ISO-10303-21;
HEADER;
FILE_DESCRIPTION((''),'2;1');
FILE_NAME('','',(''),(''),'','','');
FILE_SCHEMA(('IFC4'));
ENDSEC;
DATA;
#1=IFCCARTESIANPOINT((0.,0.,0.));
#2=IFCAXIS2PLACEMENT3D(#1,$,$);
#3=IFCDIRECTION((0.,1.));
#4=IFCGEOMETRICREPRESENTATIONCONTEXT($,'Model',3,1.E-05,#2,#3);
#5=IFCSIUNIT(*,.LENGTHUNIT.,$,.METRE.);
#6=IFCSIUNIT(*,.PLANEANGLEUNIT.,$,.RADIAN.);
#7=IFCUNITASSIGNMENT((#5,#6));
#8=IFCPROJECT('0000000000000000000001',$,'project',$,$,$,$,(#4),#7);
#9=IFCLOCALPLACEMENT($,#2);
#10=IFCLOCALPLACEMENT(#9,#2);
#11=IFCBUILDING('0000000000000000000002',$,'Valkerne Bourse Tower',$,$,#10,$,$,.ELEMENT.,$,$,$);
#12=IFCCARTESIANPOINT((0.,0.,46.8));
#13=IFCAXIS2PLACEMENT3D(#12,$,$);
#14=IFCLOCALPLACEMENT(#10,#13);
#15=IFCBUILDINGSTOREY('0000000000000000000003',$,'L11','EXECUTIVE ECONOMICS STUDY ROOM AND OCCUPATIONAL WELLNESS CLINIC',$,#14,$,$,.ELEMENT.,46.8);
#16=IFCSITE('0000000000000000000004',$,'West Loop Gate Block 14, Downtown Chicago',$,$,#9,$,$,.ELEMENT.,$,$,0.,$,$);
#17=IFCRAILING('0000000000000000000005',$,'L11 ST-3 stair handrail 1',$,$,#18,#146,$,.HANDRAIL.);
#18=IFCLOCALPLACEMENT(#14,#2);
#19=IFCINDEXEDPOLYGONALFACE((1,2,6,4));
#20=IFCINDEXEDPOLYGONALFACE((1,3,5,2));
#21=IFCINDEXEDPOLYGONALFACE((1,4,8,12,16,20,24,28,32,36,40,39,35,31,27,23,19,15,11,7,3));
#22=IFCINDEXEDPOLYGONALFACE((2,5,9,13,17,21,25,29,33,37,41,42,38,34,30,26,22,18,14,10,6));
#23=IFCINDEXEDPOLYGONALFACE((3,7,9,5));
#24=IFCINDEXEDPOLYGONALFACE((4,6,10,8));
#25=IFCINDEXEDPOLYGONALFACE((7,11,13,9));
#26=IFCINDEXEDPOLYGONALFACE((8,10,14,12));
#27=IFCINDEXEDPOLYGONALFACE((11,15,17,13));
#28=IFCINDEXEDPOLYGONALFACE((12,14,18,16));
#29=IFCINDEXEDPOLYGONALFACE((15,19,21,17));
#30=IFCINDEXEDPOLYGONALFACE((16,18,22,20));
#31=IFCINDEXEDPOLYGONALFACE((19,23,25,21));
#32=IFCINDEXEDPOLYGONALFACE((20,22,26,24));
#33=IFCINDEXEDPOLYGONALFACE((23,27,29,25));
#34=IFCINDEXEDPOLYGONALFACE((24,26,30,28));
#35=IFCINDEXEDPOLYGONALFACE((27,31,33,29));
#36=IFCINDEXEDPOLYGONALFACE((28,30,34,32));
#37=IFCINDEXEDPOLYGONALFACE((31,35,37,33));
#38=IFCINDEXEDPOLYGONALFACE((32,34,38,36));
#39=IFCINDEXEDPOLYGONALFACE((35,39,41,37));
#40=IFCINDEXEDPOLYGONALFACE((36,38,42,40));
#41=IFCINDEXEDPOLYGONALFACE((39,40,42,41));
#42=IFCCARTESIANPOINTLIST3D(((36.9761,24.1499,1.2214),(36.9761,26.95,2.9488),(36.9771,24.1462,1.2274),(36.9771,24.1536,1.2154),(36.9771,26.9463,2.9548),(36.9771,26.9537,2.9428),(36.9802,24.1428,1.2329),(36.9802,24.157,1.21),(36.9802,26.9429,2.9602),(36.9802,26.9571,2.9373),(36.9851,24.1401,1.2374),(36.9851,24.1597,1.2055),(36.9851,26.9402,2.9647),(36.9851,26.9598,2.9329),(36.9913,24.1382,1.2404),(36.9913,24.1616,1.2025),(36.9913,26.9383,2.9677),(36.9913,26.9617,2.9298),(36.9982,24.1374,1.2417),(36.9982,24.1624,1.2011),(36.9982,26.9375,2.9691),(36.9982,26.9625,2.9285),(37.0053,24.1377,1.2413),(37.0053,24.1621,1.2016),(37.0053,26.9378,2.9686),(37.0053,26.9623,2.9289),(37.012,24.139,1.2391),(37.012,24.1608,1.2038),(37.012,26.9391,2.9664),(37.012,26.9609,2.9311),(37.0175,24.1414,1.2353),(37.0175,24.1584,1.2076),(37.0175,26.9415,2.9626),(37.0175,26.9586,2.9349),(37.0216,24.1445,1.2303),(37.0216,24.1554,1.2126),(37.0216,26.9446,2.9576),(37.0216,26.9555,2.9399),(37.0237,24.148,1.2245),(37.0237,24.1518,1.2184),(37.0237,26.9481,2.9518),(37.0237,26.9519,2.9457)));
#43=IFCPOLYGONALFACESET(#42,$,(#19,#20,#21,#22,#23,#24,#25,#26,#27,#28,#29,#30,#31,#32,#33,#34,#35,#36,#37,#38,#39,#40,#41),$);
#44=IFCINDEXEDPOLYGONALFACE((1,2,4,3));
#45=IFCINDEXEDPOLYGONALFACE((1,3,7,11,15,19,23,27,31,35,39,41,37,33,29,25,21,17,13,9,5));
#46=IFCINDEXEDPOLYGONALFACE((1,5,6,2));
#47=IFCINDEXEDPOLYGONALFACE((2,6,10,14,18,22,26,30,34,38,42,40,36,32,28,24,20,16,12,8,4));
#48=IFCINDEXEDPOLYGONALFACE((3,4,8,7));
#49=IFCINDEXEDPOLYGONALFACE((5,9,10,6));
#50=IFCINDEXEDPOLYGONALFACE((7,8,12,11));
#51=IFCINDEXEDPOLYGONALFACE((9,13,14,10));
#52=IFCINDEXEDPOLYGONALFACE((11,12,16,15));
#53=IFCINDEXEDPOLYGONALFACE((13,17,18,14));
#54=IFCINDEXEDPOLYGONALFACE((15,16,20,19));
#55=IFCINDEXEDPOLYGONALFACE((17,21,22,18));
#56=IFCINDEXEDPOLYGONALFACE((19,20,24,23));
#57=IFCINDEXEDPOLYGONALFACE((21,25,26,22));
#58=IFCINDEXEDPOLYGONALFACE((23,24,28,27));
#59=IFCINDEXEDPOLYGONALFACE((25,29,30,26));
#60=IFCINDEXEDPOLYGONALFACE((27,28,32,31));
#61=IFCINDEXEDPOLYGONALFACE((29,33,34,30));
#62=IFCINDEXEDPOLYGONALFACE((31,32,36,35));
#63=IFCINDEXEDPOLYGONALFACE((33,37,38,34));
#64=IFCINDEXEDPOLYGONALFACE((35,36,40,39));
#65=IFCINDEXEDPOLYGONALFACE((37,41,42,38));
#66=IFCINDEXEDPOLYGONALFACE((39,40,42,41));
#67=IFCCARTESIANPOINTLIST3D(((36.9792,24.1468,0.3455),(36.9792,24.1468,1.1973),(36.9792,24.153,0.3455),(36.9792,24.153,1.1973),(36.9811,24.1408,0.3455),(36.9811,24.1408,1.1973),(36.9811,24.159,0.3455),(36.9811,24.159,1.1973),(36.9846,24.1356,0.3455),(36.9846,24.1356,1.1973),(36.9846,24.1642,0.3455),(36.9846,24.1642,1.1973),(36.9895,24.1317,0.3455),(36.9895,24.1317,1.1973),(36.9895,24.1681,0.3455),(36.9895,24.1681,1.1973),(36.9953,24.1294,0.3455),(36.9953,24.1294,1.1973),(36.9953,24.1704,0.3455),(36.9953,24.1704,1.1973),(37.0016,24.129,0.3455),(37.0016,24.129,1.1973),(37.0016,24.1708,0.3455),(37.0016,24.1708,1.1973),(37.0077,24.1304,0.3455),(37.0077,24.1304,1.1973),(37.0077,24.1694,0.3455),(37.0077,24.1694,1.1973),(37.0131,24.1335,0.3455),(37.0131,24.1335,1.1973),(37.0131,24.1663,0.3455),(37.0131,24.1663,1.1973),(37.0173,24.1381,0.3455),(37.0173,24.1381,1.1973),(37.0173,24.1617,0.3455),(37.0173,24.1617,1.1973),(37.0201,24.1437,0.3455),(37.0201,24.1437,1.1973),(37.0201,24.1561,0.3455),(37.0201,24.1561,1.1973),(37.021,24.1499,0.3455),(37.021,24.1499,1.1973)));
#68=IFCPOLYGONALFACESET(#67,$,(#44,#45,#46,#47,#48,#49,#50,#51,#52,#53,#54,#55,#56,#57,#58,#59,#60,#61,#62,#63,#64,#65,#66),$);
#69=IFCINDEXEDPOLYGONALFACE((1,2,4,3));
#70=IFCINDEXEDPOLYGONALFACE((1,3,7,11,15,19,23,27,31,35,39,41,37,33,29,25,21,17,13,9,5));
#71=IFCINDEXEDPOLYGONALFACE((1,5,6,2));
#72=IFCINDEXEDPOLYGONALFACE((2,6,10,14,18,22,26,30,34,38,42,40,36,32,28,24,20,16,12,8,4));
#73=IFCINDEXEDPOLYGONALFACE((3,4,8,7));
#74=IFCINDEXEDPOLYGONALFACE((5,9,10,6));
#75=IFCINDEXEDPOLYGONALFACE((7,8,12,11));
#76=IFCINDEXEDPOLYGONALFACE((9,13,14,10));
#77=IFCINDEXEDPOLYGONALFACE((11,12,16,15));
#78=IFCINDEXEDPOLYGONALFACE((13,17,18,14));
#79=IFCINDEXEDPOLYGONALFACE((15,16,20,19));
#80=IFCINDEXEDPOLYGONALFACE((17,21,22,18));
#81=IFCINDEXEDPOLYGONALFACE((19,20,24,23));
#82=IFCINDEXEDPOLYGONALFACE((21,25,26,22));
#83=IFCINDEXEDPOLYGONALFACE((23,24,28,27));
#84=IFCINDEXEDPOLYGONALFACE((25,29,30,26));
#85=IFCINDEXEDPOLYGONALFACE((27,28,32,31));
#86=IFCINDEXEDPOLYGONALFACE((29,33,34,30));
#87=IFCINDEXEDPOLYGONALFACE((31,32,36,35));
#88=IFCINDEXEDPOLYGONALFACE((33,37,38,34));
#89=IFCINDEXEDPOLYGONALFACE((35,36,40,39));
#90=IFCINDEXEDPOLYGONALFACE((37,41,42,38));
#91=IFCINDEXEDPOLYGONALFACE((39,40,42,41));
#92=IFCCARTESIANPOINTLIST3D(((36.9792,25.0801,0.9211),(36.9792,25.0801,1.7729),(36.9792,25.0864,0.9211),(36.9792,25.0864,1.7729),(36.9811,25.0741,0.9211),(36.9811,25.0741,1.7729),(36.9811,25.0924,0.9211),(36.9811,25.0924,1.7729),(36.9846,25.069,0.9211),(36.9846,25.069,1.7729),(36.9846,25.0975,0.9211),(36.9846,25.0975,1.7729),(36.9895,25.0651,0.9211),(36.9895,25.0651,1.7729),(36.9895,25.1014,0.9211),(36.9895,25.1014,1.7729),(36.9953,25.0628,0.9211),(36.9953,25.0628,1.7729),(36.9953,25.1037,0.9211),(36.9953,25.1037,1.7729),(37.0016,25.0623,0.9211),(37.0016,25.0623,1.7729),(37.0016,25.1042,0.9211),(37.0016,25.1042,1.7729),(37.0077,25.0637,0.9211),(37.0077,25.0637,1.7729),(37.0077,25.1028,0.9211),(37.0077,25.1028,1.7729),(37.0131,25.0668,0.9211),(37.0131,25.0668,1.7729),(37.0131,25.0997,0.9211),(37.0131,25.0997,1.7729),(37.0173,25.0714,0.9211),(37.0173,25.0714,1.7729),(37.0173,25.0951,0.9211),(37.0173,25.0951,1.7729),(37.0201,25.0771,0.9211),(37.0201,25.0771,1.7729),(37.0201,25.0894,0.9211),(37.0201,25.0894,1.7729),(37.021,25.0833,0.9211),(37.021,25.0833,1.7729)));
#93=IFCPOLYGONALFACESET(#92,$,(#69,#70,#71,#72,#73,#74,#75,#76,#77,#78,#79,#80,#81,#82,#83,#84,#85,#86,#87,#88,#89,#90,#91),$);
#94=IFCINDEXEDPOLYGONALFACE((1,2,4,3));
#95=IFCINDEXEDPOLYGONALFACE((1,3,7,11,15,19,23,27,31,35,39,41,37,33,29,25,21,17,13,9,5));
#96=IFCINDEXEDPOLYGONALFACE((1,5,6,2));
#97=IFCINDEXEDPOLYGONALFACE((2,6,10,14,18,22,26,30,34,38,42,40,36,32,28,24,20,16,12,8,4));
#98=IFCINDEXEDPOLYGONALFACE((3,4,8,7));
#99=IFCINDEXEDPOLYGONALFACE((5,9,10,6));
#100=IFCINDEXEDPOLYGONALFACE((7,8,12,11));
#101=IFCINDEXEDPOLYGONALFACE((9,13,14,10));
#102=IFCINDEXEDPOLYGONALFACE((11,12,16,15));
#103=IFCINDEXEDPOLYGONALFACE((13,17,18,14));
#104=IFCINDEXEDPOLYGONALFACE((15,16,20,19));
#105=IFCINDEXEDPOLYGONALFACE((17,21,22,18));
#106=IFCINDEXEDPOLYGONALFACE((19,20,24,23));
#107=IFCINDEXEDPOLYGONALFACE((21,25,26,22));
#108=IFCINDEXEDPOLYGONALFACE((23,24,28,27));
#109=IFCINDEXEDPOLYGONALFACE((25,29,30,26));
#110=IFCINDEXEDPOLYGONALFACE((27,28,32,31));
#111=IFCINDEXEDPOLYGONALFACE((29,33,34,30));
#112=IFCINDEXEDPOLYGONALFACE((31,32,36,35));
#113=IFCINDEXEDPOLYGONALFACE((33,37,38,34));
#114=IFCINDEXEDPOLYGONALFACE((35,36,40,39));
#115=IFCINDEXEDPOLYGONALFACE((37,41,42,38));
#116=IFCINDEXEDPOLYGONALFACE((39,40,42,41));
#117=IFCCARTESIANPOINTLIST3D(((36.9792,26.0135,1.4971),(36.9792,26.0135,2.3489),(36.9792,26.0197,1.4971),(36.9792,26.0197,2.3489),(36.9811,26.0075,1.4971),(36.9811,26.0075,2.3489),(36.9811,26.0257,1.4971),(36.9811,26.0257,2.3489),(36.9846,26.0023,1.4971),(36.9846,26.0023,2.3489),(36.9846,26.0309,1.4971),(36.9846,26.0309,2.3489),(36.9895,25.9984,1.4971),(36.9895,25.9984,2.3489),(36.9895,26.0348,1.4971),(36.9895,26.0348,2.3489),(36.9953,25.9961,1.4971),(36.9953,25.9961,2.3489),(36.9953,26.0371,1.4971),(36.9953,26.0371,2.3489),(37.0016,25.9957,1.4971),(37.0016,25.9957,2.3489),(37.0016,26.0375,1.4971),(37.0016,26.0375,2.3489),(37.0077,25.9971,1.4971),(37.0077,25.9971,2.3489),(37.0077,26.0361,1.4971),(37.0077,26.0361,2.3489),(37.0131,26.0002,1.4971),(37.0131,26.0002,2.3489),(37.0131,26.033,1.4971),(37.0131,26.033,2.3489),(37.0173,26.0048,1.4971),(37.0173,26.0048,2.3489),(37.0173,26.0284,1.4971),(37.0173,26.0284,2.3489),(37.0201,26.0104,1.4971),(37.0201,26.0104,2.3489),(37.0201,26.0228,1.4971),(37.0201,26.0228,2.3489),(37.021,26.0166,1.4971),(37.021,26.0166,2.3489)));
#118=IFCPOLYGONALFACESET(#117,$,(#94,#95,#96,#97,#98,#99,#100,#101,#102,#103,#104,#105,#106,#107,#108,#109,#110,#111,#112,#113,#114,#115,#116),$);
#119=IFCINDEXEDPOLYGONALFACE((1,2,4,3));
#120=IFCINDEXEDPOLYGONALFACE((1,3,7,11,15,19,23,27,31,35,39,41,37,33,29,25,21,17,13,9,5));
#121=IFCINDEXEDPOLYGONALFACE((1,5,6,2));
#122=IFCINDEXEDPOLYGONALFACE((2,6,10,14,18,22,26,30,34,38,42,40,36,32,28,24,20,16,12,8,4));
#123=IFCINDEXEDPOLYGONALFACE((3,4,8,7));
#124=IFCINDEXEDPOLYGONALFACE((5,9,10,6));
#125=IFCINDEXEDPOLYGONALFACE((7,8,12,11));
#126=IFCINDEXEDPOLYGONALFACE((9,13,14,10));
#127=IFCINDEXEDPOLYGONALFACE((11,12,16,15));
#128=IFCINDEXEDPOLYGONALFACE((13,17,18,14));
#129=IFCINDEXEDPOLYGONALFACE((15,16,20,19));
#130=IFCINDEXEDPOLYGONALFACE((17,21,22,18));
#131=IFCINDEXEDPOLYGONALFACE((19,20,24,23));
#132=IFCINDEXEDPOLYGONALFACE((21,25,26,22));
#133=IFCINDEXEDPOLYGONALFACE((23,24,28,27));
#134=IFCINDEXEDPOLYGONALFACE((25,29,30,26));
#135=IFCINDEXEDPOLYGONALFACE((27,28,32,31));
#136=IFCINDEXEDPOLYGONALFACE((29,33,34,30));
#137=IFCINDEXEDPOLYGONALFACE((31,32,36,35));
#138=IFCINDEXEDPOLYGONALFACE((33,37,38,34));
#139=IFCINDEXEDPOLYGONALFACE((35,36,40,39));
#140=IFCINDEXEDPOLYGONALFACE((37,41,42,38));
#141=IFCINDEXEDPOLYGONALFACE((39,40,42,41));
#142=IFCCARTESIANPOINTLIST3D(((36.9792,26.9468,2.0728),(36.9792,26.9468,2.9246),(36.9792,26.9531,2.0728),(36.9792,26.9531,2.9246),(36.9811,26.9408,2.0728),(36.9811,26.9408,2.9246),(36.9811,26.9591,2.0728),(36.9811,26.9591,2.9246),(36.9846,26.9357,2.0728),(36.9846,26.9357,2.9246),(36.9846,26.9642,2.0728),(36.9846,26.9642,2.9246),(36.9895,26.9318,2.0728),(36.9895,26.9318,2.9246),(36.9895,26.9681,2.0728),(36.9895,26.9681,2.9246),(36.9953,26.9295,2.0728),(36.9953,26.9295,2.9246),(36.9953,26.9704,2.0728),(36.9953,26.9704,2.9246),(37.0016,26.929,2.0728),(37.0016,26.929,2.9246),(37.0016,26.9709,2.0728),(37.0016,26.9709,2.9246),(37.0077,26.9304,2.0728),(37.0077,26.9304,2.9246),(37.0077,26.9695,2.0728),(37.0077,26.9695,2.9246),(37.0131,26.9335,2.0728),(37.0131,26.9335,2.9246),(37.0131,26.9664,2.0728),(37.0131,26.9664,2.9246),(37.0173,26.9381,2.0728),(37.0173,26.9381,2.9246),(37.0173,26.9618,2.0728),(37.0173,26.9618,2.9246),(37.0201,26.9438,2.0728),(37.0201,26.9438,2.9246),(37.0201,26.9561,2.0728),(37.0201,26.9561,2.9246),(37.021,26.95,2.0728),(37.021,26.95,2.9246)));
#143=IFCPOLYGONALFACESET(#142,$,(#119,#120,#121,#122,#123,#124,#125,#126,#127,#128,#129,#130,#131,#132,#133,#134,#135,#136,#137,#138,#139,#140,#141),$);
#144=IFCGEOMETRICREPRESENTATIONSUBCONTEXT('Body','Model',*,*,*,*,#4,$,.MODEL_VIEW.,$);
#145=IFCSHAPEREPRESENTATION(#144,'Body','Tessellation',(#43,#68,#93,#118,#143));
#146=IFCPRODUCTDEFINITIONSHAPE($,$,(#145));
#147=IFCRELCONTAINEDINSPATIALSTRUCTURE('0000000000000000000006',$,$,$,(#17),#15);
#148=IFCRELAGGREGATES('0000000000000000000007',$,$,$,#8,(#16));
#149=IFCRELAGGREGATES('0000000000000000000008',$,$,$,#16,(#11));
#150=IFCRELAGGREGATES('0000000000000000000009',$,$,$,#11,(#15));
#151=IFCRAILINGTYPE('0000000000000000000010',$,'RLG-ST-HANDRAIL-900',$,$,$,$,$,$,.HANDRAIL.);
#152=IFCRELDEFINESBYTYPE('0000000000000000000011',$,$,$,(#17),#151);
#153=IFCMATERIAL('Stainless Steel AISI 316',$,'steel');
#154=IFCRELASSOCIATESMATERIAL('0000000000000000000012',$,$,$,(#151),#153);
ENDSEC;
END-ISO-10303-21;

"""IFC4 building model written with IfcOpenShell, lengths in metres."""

from ifc_helpers import new_model, si_unit, direction, frame, origin, origin_2d, place, context, subcontext, project, spatial, circle, extrude, material, type_object, element, save


model = new_model("IFC4")

# Units and contexts
model_context = context("Model", 3, precision=1e-05, world=origin(), true_north=direction((0.0, 1.0)))
body_context = subcontext(model_context, "Body", "Model", "MODEL_VIEW")
ifc_project = project(units=[si_unit("LENGTHUNIT", "METRE"), si_unit("PLANEANGLEUNIT", "RADIAN")], contexts=[model_context])

# Site, building, storey
site_placement = place(None, origin())
site = spatial("IfcSite", under=ifc_project, at=site_placement, Name="West Loop Gate Block 14, Downtown Chicago", CompositionType="ELEMENT", RefElevation=0.0)
building_placement = place(site_placement, origin())
building = spatial("IfcBuilding", under=site, at=building_placement, Name="Valkerne Bourse Tower", CompositionType="ELEMENT")
storey_placement = place(building_placement, frame((0.0, 0.0, 46.8)))
storey = spatial("IfcBuildingStorey", under=building, at=storey_placement, Name="L11", Description="EXECUTIVE ECONOMICS STUDY ROOM AND OCCUPATIONAL WELLNESS CLINIC", CompositionType="ELEMENT", Elevation=46.8)

# Railing
ifc_material_1 = material(Name="Stainless Steel AISI 316", Category="steel")
railing_type_1 = type_object("IfcRailingType", Name="RLG-ST-HANDRAIL-900", PredefinedType="HANDRAIL", material=ifc_material_1)
railing_1_placement = place(storey_placement, frame((37.0, 24.1499, 0.3455)))
element("IfcRailing", 1, at=railing_1_placement, inside=storey, type_object=railing_type_1, Name="L11 ST-3 stair handrail 1", PredefinedType="HANDRAIL", context=body_context, shape_type="SweptSolid", body=[
    extrude(circle(Radius=0.0239, at=origin_2d()), frame((0.0, 0.0, 0.876), z_axis=(0.0, 0.85109, 0.52502), x_axis=(-1.0, 0.0, 0.0)), (0.0, 0.0, 1.0), 3.29),
    extrude(circle(Radius=0.021, at=origin_2d()), origin(), (0.0, 0.0, 1.0), 0.8518),
    extrude(circle(Radius=0.021, at=origin_2d()), frame((0.0, 0.9333, 0.5757)), (0.0, 0.0, 1.0), 0.8518),
    extrude(circle(Radius=0.021, at=origin_2d()), frame((0.0, 1.8667, 1.1516)), (0.0, 0.0, 1.0), 0.8518),
    extrude(circle(Radius=0.021, at=origin_2d()), frame((0.0, 2.8, 1.7273)), (0.0, 0.0, 1.0), 0.8518),
])

save(model, "model.ifc")
